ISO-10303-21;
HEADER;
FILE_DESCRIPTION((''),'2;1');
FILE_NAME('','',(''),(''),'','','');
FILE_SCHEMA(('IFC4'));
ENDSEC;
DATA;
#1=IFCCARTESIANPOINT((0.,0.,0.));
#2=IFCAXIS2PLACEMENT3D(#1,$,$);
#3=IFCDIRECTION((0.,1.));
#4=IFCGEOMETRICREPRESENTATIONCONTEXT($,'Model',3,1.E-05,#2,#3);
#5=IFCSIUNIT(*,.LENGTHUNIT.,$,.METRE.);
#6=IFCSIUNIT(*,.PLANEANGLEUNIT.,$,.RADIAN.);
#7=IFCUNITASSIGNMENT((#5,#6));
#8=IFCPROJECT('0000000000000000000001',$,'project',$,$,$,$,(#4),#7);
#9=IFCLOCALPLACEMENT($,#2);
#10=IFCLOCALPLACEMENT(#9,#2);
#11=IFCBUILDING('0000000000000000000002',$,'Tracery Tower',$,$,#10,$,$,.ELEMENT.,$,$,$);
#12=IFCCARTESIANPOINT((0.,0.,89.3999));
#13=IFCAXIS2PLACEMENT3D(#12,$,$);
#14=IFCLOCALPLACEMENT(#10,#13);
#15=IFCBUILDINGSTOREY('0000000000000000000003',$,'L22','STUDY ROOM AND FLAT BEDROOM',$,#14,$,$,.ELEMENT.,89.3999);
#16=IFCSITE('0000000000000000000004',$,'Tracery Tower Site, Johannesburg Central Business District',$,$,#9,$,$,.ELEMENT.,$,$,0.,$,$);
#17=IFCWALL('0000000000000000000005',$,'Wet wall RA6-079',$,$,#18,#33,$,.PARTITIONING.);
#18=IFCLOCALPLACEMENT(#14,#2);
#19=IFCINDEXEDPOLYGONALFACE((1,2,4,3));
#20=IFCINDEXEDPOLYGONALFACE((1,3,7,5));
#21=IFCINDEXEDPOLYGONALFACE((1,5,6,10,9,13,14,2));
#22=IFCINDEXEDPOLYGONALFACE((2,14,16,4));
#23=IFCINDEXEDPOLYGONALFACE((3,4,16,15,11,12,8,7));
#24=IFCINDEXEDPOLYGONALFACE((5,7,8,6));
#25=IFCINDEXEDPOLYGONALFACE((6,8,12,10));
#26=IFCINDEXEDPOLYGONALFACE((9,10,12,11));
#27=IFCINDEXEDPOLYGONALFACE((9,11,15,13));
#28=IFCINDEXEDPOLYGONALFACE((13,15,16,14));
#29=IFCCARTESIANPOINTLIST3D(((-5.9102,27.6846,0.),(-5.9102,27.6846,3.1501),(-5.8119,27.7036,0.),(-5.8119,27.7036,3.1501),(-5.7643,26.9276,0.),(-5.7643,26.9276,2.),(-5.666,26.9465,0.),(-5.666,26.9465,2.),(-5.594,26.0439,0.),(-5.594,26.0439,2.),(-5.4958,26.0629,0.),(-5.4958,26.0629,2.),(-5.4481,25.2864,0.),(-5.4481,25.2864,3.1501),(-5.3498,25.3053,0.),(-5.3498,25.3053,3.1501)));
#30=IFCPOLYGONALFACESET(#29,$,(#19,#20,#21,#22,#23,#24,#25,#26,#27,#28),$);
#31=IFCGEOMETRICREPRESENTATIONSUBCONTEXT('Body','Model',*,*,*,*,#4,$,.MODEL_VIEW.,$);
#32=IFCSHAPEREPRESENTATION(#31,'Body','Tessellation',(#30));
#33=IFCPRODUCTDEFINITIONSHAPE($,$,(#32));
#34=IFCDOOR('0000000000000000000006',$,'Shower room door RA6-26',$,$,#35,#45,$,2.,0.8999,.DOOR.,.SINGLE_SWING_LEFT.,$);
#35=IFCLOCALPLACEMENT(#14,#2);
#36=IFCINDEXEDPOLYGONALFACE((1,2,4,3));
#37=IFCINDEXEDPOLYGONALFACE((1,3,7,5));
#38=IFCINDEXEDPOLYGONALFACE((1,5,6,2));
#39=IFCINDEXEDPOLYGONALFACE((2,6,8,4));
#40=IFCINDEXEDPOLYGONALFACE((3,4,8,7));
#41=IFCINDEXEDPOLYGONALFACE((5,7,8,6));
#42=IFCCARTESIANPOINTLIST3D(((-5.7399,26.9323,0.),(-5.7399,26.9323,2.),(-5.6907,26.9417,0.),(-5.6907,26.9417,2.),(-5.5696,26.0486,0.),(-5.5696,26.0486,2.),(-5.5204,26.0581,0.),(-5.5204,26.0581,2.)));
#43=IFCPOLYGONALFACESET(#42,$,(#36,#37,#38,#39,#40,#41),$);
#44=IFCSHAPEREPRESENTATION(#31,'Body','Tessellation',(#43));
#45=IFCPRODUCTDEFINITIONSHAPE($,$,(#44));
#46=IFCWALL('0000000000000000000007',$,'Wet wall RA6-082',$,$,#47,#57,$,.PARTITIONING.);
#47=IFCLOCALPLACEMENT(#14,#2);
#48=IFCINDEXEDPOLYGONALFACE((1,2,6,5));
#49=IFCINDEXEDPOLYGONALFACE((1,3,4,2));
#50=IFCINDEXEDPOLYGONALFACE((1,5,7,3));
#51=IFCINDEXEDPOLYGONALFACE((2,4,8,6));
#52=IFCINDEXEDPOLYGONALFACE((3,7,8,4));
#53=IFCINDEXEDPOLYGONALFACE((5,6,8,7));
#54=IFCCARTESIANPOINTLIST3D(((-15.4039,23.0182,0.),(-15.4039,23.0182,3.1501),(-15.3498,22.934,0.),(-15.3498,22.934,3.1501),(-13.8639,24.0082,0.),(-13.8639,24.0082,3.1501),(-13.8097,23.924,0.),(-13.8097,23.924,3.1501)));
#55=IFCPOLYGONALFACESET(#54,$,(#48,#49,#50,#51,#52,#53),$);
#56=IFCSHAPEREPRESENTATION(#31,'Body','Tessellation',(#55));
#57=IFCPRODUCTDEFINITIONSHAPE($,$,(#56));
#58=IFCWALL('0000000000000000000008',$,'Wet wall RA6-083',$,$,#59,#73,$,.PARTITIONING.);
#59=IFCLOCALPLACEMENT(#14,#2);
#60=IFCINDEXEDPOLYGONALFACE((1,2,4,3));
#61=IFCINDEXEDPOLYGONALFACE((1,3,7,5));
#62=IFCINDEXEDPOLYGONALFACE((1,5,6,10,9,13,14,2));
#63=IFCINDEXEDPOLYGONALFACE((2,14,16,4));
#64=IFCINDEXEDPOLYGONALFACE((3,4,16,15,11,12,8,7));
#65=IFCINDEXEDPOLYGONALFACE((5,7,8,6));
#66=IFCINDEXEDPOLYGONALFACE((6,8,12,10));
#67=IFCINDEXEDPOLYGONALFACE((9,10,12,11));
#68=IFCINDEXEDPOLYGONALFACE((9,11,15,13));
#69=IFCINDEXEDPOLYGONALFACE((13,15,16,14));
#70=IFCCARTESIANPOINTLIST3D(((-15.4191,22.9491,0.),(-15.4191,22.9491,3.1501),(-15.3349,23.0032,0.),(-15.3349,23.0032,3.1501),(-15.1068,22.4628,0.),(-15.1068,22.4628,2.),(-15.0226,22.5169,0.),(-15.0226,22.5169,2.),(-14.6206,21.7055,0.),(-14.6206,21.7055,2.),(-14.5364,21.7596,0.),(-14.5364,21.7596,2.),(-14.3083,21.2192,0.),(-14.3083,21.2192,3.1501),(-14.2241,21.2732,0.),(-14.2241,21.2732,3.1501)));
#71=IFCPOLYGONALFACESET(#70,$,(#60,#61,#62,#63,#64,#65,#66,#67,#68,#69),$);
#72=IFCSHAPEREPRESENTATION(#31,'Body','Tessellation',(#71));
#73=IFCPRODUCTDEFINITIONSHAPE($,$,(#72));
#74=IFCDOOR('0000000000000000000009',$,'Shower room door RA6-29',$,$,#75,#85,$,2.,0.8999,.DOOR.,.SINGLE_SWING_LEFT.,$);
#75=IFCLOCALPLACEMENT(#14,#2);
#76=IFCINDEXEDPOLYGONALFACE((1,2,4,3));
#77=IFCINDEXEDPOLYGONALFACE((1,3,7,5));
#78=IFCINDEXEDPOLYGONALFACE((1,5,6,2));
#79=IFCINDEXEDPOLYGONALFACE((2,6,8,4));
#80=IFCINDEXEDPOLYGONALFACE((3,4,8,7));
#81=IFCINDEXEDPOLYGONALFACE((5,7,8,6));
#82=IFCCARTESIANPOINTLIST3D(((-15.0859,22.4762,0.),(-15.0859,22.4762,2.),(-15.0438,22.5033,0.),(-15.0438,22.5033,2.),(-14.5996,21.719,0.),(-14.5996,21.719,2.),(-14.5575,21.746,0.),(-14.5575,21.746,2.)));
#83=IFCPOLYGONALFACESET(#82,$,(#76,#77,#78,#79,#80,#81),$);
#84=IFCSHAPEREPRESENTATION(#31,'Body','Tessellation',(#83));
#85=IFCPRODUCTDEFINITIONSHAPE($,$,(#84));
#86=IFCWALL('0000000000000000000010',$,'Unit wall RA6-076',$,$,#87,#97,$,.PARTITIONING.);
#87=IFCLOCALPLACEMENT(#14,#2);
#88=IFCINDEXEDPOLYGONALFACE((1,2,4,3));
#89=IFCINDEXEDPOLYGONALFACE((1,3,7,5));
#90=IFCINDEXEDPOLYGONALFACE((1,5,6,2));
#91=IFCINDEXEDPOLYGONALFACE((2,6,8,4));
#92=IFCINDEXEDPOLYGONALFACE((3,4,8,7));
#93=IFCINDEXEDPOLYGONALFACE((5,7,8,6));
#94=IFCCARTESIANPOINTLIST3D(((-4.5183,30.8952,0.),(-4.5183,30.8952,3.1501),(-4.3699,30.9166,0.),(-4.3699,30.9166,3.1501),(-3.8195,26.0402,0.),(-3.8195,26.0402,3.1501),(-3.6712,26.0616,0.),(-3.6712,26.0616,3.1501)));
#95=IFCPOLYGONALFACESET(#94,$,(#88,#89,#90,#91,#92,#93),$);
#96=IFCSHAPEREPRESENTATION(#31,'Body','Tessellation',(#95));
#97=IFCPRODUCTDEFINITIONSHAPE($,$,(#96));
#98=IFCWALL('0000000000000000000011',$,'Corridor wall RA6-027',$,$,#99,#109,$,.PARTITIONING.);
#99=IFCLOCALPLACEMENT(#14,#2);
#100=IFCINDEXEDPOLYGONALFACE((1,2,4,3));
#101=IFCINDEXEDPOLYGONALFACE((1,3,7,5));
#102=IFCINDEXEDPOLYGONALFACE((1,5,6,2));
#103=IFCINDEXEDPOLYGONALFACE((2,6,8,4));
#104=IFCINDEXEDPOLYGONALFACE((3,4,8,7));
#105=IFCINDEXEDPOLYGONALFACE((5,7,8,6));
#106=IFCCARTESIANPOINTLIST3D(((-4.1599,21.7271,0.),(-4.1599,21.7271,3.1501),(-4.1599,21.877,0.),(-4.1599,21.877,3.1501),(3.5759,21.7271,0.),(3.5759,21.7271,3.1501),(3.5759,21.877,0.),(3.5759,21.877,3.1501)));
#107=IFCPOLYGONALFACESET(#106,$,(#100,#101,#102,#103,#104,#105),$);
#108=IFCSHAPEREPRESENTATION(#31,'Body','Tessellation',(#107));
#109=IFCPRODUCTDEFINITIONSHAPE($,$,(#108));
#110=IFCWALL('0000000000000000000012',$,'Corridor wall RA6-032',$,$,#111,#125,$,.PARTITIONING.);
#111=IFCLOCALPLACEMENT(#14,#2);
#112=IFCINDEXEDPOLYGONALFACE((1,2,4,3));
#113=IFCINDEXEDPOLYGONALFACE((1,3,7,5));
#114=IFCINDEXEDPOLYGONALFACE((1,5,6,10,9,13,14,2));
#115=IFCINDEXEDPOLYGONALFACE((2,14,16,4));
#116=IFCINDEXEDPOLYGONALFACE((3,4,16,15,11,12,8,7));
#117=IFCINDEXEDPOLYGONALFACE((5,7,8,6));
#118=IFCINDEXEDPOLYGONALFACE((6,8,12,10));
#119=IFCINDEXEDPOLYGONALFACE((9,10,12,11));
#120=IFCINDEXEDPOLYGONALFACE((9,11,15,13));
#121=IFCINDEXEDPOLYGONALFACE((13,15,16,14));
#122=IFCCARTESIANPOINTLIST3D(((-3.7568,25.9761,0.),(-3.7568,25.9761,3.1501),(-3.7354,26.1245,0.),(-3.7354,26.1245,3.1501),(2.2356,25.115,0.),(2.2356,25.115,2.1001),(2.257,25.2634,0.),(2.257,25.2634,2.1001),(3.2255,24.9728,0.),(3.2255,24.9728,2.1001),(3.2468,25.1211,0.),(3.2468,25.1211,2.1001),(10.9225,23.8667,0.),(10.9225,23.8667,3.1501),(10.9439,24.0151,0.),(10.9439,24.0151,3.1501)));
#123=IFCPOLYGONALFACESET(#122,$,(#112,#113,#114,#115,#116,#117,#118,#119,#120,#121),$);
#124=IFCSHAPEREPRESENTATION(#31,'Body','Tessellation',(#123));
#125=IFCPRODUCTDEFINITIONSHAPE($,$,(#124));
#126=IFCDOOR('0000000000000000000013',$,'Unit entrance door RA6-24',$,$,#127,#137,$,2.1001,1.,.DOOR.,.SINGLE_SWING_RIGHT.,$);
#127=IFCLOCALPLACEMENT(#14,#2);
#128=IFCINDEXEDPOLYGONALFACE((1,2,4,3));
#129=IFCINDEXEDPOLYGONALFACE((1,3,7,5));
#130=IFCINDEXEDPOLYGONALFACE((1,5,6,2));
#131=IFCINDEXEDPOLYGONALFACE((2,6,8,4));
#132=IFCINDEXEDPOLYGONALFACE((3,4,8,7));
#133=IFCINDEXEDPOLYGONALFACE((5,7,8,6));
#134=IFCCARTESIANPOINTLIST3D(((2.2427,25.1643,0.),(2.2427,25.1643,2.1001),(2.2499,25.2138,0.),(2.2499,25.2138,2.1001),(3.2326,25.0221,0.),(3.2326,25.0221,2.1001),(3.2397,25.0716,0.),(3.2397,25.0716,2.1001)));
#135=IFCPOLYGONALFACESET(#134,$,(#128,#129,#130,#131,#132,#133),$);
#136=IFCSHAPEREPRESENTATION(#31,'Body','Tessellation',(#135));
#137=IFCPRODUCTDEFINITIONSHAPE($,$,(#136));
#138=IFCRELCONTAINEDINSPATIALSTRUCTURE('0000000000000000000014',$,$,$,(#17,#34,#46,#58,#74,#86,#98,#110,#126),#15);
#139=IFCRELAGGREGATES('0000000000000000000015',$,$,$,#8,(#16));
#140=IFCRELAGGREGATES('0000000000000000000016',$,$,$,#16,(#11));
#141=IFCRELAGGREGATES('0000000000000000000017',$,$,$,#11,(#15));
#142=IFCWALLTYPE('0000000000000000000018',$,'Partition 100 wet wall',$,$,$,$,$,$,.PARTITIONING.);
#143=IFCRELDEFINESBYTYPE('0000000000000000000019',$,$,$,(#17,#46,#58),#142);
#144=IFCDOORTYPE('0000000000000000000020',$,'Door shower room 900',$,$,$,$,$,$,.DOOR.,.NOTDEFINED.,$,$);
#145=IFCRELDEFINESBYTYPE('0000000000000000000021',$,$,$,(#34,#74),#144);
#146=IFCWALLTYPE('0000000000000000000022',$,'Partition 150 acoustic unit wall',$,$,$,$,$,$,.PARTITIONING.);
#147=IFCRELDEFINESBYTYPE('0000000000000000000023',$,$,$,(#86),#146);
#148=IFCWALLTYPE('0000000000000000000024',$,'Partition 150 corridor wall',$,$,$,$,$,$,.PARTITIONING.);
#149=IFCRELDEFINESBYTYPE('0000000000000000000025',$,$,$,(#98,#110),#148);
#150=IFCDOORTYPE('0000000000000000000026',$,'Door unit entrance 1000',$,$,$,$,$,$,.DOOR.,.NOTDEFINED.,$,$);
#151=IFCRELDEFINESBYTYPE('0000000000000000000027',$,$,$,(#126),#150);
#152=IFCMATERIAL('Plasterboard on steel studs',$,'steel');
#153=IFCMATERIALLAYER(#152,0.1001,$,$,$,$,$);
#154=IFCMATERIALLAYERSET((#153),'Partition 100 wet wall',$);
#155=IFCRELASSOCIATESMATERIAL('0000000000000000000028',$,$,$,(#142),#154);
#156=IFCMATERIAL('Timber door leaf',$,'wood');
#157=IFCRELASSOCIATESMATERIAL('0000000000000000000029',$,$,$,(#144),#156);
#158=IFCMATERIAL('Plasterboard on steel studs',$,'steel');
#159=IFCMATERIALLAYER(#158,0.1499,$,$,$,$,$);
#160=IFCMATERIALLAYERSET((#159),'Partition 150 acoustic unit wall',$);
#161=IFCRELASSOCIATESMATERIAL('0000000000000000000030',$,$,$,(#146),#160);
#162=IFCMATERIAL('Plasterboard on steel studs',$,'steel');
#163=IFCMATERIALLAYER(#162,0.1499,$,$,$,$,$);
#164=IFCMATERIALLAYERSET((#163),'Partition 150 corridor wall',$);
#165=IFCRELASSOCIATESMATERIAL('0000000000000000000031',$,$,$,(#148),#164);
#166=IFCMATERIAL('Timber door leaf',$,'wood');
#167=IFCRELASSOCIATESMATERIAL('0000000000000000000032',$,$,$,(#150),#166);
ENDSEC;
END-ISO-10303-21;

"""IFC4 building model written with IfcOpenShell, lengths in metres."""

from ifc_helpers import new_model, si_unit, direction, frame, frame_2d, origin, place, context, subcontext, project, spatial, rectangle, extrude, material, layer, layer_set, type_object, element, fill, save


model = new_model("IFC4")

# Units and contexts
model_context = context("Model", 3, precision=1e-05, world=origin(), true_north=direction((0.0, 1.0)))
body_context = subcontext(model_context, "Body", "Model", "MODEL_VIEW")
ifc_project = project(units=[si_unit("LENGTHUNIT", "METRE"), si_unit("PLANEANGLEUNIT", "RADIAN")], contexts=[model_context])

# Site, building, storey
site_placement = place(None, origin())
site = spatial("IfcSite", under=ifc_project, at=site_placement, Name="Tracery Tower Site, Johannesburg Central Business District", CompositionType="ELEMENT", RefElevation=0.0)
building_placement = place(site_placement, origin())
building = spatial("IfcBuilding", under=site, at=building_placement, Name="Tracery Tower", CompositionType="ELEMENT")
storey_placement = place(building_placement, frame((0.0, 0.0, 89.3999)))
storey = spatial("IfcBuildingStorey", under=building, at=storey_placement, Name="L22", Description="STUDY ROOM AND FLAT BEDROOM", CompositionType="ELEMENT", Elevation=89.3999)

# Shared definitions
ifc_material_1 = material(Name="Plasterboard on steel studs", Category="steel")
ifc_layer_1 = layer(ifc_material_1, 0.1001)
ifc_layer_set_1 = layer_set([ifc_layer_1], Name="Partition 100 wet wall")
wall_type_1 = type_object("IfcWallType", Name="Partition 100 wet wall", PredefinedType="PARTITIONING", material=ifc_layer_set_1)

# Wall, opening, door
wall_1_placement = place(storey_placement, frame((-5.8611, 27.6941, 0.0), z_axis=(0.0, 0.0, 1.0), x_axis=(0.189229, -0.981933, 0.0)))
wall_1 = element("IfcWall", 1, at=wall_1_placement, inside=storey, type_object=wall_type_1, Name="Wet wall RA6-079", PredefinedType="PARTITIONING", context=body_context, shape_type="SweptSolid", body=[
    extrude(rectangle(XDim=2.4424, YDim=0.1001, at=frame_2d((1.2212, 0.0))), origin(), (0.0, 0.0, 1.0), 3.1501),
])
opening_1_placement = place(wall_1_placement, frame((0.771, 0.0, 0.0)))
opening_1 = element("IfcOpeningElement", 2, at=opening_1_placement, cuts=wall_1, PredefinedType="OPENING", context=body_context, shape_type="SweptSolid", body=[
    extrude(rectangle(XDim=0.8999, YDim=2.0, at=frame_2d((0.45, 1.0))), frame((0.0, 0.05, 0.0), z_axis=(0.0, -1.0, 0.0), x_axis=(1.0, 0.0, 0.0)), (0.0, 0.0, 1.0), 0.1001),
])
ifc_material_2 = material(Name="Timber door leaf", Category="wood")
door_type_1 = type_object("IfcDoorType", Name="Door shower room 900", OperationType="NOTDEFINED", PredefinedType="DOOR", material=ifc_material_2)
door_1_placement = place(opening_1_placement, origin())
door_1 = element("IfcDoor", 3, at=door_1_placement, inside=storey, type_object=door_type_1, Name="Shower room door RA6-26", OperationType="SINGLE_SWING_LEFT", OverallHeight=2.0, OverallWidth=0.8999, PredefinedType="DOOR", context=body_context, shape_type="SweptSolid", body=[
    extrude(rectangle(XDim=0.8999, YDim=2.0, at=frame_2d((0.45, 1.0))), frame((0.0, 0.0249, 0.0), z_axis=(0.0, -1.0, 0.0), x_axis=(1.0, 0.0, 0.0)), (0.0, 0.0, 1.0), 0.05),
])
fill(opening_1, door_1)

# Wall
wall_2_placement = place(storey_placement, frame((-15.377, 22.9761, 0.0), z_axis=(0.0, 0.0, 1.0), x_axis=(0.841187, 0.540744, 0.0)))
element("IfcWall", 4, at=wall_2_placement, inside=storey, type_object=wall_type_1, Name="Wet wall RA6-082", PredefinedType="PARTITIONING", context=body_context, shape_type="SweptSolid", body=[
    extrude(rectangle(XDim=1.8308, YDim=0.1001, at=frame_2d((0.9155, 0.0))), origin(), (0.0, 0.0, 1.0), 3.1501),
])

# Wall, opening, door
wall_3_placement = place(storey_placement, frame((-15.377, 22.9761, 0.0), z_axis=(0.0, 0.0, 1.0), x_axis=(0.540313, -0.841464, 0.0)))
wall_3 = element("IfcWall", 5, at=wall_3_placement, inside=storey, type_object=wall_type_1, Name="Wet wall RA6-083", PredefinedType="PARTITIONING", context=body_context, shape_type="SweptSolid", body=[
    extrude(rectangle(XDim=2.0559, YDim=0.1001, at=frame_2d((1.0278, 0.0))), origin(), (0.0, 0.0, 1.0), 3.1501),
])
opening_2_placement = place(wall_3_placement, frame((0.5779, 0.0, 0.0)))
opening_2 = element("IfcOpeningElement", 6, at=opening_2_placement, cuts=wall_3, PredefinedType="OPENING", context=body_context, shape_type="SweptSolid", body=[
    extrude(rectangle(XDim=0.8999, YDim=2.0, at=frame_2d((0.45, 1.0))), frame((0.0, 0.05, 0.0), z_axis=(0.0, -1.0, 0.0), x_axis=(1.0, 0.0, 0.0)), (0.0, 0.0, 1.0), 0.1001),
])
door_2_placement = place(opening_2_placement, origin())
door_2 = element("IfcDoor", 7, at=door_2_placement, inside=storey, type_object=door_type_1, Name="Shower room door RA6-29", OperationType="SINGLE_SWING_LEFT", OverallHeight=2.0, OverallWidth=0.8999, PredefinedType="DOOR", context=body_context, shape_type="SweptSolid", body=[
    extrude(rectangle(XDim=0.8999, YDim=2.0, at=frame_2d((0.45, 1.0))), frame((0.0, 0.0249, 0.0), z_axis=(0.0, -1.0, 0.0), x_axis=(1.0, 0.0, 0.0)), (0.0, 0.0, 1.0), 0.05),
])
fill(opening_2, door_2)

# Walls
ifc_material_3 = material(Name="Plasterboard on steel studs", Category="steel")
ifc_layer_2 = layer(ifc_material_3, 0.1499)
ifc_layer_set_2 = layer_set([ifc_layer_2], Name="Partition 150 acoustic unit wall")
wall_type_2 = type_object("IfcWallType", Name="Partition 150 acoustic unit wall", PredefinedType="PARTITIONING", material=ifc_layer_set_2)
wall_4_placement = place(storey_placement, frame((-4.4441, 30.906, 0.0), z_axis=(0.0, 0.0, 1.0), x_axis=(0.142453, -0.989802, 0.0)))
element("IfcWall", 8, at=wall_4_placement, inside=storey, type_object=wall_type_2, Name="Unit wall RA6-076", PredefinedType="PARTITIONING", context=body_context, shape_type="SweptSolid", body=[
    extrude(rectangle(XDim=4.905, YDim=0.1499, at=frame_2d((2.4526, 0.0))), origin(), (0.0, 0.0, 1.0), 3.1501),
])
ifc_material_4 = material(Name="Plasterboard on steel studs", Category="steel")
ifc_layer_3 = layer(ifc_material_4, 0.1499)
ifc_layer_set_3 = layer_set([ifc_layer_3], Name="Partition 150 corridor wall")
wall_type_3 = type_object("IfcWallType", Name="Partition 150 corridor wall", PredefinedType="PARTITIONING", material=ifc_layer_set_3)
wall_5_placement = place(storey_placement, frame((-4.1599, 21.802, 0.0), z_axis=(0.0, 0.0, 1.0), x_axis=(1.0, 0.0, 0.0)))
element("IfcWall", 9, at=wall_5_placement, inside=storey, type_object=wall_type_3, Name="Corridor wall RA6-027", PredefinedType="PARTITIONING", context=body_context, shape_type="SweptSolid", body=[
    extrude(rectangle(XDim=7.7358, YDim=0.1499, at=frame_2d((3.8679, 0.0))), origin(), (0.0, 0.0, 1.0), 3.1501),
])

# Wall, opening, door
wall_6_placement = place(storey_placement, frame((-3.7461, 26.0503, 0.0), z_axis=(0.0, 0.0, 1.0), x_axis=(0.989833, -0.142237, 0.0)))
wall_6 = element("IfcWall", 10, at=wall_6_placement, inside=storey, type_object=wall_type_3, Name="Corridor wall RA6-032", PredefinedType="PARTITIONING", context=body_context, shape_type="SweptSolid", body=[
    extrude(rectangle(XDim=14.8301, YDim=0.1499, at=frame_2d((7.415, 0.0))), origin(), (0.0, 0.0, 1.0), 3.1501),
])
opening_3_placement = place(wall_6_placement, frame((6.054, 0.0, 0.0)))
opening_3 = element("IfcOpeningElement", 11, at=opening_3_placement, cuts=wall_6, PredefinedType="OPENING", context=body_context, shape_type="SweptSolid", body=[
    extrude(rectangle(XDim=1.0, YDim=2.1001, at=frame_2d((0.5, 1.05))), frame((0.0, 0.075, 0.0), z_axis=(0.0, -1.0, 0.0), x_axis=(1.0, 0.0, 0.0)), (0.0, 0.0, 1.0), 0.1499),
])
ifc_material_5 = material(Name="Timber door leaf", Category="wood")
door_type_2 = type_object("IfcDoorType", Name="Door unit entrance 1000", OperationType="NOTDEFINED", PredefinedType="DOOR", material=ifc_material_5)
door_3_placement = place(opening_3_placement, origin())
door_3 = element("IfcDoor", 12, at=door_3_placement, inside=storey, type_object=door_type_2, Name="Unit entrance door RA6-24", OperationType="SINGLE_SWING_RIGHT", OverallHeight=2.1001, OverallWidth=1.0, PredefinedType="DOOR", context=body_context, shape_type="SweptSolid", body=[
    extrude(rectangle(XDim=1.0, YDim=2.1001, at=frame_2d((0.5, 1.05))), frame((0.0, 0.0249, 0.0), z_axis=(0.0, -1.0, 0.0), x_axis=(1.0, 0.0, 0.0)), (0.0, 0.0, 1.0), 0.05),
])
fill(opening_3, door_3)

save(model, "model.ifc")
